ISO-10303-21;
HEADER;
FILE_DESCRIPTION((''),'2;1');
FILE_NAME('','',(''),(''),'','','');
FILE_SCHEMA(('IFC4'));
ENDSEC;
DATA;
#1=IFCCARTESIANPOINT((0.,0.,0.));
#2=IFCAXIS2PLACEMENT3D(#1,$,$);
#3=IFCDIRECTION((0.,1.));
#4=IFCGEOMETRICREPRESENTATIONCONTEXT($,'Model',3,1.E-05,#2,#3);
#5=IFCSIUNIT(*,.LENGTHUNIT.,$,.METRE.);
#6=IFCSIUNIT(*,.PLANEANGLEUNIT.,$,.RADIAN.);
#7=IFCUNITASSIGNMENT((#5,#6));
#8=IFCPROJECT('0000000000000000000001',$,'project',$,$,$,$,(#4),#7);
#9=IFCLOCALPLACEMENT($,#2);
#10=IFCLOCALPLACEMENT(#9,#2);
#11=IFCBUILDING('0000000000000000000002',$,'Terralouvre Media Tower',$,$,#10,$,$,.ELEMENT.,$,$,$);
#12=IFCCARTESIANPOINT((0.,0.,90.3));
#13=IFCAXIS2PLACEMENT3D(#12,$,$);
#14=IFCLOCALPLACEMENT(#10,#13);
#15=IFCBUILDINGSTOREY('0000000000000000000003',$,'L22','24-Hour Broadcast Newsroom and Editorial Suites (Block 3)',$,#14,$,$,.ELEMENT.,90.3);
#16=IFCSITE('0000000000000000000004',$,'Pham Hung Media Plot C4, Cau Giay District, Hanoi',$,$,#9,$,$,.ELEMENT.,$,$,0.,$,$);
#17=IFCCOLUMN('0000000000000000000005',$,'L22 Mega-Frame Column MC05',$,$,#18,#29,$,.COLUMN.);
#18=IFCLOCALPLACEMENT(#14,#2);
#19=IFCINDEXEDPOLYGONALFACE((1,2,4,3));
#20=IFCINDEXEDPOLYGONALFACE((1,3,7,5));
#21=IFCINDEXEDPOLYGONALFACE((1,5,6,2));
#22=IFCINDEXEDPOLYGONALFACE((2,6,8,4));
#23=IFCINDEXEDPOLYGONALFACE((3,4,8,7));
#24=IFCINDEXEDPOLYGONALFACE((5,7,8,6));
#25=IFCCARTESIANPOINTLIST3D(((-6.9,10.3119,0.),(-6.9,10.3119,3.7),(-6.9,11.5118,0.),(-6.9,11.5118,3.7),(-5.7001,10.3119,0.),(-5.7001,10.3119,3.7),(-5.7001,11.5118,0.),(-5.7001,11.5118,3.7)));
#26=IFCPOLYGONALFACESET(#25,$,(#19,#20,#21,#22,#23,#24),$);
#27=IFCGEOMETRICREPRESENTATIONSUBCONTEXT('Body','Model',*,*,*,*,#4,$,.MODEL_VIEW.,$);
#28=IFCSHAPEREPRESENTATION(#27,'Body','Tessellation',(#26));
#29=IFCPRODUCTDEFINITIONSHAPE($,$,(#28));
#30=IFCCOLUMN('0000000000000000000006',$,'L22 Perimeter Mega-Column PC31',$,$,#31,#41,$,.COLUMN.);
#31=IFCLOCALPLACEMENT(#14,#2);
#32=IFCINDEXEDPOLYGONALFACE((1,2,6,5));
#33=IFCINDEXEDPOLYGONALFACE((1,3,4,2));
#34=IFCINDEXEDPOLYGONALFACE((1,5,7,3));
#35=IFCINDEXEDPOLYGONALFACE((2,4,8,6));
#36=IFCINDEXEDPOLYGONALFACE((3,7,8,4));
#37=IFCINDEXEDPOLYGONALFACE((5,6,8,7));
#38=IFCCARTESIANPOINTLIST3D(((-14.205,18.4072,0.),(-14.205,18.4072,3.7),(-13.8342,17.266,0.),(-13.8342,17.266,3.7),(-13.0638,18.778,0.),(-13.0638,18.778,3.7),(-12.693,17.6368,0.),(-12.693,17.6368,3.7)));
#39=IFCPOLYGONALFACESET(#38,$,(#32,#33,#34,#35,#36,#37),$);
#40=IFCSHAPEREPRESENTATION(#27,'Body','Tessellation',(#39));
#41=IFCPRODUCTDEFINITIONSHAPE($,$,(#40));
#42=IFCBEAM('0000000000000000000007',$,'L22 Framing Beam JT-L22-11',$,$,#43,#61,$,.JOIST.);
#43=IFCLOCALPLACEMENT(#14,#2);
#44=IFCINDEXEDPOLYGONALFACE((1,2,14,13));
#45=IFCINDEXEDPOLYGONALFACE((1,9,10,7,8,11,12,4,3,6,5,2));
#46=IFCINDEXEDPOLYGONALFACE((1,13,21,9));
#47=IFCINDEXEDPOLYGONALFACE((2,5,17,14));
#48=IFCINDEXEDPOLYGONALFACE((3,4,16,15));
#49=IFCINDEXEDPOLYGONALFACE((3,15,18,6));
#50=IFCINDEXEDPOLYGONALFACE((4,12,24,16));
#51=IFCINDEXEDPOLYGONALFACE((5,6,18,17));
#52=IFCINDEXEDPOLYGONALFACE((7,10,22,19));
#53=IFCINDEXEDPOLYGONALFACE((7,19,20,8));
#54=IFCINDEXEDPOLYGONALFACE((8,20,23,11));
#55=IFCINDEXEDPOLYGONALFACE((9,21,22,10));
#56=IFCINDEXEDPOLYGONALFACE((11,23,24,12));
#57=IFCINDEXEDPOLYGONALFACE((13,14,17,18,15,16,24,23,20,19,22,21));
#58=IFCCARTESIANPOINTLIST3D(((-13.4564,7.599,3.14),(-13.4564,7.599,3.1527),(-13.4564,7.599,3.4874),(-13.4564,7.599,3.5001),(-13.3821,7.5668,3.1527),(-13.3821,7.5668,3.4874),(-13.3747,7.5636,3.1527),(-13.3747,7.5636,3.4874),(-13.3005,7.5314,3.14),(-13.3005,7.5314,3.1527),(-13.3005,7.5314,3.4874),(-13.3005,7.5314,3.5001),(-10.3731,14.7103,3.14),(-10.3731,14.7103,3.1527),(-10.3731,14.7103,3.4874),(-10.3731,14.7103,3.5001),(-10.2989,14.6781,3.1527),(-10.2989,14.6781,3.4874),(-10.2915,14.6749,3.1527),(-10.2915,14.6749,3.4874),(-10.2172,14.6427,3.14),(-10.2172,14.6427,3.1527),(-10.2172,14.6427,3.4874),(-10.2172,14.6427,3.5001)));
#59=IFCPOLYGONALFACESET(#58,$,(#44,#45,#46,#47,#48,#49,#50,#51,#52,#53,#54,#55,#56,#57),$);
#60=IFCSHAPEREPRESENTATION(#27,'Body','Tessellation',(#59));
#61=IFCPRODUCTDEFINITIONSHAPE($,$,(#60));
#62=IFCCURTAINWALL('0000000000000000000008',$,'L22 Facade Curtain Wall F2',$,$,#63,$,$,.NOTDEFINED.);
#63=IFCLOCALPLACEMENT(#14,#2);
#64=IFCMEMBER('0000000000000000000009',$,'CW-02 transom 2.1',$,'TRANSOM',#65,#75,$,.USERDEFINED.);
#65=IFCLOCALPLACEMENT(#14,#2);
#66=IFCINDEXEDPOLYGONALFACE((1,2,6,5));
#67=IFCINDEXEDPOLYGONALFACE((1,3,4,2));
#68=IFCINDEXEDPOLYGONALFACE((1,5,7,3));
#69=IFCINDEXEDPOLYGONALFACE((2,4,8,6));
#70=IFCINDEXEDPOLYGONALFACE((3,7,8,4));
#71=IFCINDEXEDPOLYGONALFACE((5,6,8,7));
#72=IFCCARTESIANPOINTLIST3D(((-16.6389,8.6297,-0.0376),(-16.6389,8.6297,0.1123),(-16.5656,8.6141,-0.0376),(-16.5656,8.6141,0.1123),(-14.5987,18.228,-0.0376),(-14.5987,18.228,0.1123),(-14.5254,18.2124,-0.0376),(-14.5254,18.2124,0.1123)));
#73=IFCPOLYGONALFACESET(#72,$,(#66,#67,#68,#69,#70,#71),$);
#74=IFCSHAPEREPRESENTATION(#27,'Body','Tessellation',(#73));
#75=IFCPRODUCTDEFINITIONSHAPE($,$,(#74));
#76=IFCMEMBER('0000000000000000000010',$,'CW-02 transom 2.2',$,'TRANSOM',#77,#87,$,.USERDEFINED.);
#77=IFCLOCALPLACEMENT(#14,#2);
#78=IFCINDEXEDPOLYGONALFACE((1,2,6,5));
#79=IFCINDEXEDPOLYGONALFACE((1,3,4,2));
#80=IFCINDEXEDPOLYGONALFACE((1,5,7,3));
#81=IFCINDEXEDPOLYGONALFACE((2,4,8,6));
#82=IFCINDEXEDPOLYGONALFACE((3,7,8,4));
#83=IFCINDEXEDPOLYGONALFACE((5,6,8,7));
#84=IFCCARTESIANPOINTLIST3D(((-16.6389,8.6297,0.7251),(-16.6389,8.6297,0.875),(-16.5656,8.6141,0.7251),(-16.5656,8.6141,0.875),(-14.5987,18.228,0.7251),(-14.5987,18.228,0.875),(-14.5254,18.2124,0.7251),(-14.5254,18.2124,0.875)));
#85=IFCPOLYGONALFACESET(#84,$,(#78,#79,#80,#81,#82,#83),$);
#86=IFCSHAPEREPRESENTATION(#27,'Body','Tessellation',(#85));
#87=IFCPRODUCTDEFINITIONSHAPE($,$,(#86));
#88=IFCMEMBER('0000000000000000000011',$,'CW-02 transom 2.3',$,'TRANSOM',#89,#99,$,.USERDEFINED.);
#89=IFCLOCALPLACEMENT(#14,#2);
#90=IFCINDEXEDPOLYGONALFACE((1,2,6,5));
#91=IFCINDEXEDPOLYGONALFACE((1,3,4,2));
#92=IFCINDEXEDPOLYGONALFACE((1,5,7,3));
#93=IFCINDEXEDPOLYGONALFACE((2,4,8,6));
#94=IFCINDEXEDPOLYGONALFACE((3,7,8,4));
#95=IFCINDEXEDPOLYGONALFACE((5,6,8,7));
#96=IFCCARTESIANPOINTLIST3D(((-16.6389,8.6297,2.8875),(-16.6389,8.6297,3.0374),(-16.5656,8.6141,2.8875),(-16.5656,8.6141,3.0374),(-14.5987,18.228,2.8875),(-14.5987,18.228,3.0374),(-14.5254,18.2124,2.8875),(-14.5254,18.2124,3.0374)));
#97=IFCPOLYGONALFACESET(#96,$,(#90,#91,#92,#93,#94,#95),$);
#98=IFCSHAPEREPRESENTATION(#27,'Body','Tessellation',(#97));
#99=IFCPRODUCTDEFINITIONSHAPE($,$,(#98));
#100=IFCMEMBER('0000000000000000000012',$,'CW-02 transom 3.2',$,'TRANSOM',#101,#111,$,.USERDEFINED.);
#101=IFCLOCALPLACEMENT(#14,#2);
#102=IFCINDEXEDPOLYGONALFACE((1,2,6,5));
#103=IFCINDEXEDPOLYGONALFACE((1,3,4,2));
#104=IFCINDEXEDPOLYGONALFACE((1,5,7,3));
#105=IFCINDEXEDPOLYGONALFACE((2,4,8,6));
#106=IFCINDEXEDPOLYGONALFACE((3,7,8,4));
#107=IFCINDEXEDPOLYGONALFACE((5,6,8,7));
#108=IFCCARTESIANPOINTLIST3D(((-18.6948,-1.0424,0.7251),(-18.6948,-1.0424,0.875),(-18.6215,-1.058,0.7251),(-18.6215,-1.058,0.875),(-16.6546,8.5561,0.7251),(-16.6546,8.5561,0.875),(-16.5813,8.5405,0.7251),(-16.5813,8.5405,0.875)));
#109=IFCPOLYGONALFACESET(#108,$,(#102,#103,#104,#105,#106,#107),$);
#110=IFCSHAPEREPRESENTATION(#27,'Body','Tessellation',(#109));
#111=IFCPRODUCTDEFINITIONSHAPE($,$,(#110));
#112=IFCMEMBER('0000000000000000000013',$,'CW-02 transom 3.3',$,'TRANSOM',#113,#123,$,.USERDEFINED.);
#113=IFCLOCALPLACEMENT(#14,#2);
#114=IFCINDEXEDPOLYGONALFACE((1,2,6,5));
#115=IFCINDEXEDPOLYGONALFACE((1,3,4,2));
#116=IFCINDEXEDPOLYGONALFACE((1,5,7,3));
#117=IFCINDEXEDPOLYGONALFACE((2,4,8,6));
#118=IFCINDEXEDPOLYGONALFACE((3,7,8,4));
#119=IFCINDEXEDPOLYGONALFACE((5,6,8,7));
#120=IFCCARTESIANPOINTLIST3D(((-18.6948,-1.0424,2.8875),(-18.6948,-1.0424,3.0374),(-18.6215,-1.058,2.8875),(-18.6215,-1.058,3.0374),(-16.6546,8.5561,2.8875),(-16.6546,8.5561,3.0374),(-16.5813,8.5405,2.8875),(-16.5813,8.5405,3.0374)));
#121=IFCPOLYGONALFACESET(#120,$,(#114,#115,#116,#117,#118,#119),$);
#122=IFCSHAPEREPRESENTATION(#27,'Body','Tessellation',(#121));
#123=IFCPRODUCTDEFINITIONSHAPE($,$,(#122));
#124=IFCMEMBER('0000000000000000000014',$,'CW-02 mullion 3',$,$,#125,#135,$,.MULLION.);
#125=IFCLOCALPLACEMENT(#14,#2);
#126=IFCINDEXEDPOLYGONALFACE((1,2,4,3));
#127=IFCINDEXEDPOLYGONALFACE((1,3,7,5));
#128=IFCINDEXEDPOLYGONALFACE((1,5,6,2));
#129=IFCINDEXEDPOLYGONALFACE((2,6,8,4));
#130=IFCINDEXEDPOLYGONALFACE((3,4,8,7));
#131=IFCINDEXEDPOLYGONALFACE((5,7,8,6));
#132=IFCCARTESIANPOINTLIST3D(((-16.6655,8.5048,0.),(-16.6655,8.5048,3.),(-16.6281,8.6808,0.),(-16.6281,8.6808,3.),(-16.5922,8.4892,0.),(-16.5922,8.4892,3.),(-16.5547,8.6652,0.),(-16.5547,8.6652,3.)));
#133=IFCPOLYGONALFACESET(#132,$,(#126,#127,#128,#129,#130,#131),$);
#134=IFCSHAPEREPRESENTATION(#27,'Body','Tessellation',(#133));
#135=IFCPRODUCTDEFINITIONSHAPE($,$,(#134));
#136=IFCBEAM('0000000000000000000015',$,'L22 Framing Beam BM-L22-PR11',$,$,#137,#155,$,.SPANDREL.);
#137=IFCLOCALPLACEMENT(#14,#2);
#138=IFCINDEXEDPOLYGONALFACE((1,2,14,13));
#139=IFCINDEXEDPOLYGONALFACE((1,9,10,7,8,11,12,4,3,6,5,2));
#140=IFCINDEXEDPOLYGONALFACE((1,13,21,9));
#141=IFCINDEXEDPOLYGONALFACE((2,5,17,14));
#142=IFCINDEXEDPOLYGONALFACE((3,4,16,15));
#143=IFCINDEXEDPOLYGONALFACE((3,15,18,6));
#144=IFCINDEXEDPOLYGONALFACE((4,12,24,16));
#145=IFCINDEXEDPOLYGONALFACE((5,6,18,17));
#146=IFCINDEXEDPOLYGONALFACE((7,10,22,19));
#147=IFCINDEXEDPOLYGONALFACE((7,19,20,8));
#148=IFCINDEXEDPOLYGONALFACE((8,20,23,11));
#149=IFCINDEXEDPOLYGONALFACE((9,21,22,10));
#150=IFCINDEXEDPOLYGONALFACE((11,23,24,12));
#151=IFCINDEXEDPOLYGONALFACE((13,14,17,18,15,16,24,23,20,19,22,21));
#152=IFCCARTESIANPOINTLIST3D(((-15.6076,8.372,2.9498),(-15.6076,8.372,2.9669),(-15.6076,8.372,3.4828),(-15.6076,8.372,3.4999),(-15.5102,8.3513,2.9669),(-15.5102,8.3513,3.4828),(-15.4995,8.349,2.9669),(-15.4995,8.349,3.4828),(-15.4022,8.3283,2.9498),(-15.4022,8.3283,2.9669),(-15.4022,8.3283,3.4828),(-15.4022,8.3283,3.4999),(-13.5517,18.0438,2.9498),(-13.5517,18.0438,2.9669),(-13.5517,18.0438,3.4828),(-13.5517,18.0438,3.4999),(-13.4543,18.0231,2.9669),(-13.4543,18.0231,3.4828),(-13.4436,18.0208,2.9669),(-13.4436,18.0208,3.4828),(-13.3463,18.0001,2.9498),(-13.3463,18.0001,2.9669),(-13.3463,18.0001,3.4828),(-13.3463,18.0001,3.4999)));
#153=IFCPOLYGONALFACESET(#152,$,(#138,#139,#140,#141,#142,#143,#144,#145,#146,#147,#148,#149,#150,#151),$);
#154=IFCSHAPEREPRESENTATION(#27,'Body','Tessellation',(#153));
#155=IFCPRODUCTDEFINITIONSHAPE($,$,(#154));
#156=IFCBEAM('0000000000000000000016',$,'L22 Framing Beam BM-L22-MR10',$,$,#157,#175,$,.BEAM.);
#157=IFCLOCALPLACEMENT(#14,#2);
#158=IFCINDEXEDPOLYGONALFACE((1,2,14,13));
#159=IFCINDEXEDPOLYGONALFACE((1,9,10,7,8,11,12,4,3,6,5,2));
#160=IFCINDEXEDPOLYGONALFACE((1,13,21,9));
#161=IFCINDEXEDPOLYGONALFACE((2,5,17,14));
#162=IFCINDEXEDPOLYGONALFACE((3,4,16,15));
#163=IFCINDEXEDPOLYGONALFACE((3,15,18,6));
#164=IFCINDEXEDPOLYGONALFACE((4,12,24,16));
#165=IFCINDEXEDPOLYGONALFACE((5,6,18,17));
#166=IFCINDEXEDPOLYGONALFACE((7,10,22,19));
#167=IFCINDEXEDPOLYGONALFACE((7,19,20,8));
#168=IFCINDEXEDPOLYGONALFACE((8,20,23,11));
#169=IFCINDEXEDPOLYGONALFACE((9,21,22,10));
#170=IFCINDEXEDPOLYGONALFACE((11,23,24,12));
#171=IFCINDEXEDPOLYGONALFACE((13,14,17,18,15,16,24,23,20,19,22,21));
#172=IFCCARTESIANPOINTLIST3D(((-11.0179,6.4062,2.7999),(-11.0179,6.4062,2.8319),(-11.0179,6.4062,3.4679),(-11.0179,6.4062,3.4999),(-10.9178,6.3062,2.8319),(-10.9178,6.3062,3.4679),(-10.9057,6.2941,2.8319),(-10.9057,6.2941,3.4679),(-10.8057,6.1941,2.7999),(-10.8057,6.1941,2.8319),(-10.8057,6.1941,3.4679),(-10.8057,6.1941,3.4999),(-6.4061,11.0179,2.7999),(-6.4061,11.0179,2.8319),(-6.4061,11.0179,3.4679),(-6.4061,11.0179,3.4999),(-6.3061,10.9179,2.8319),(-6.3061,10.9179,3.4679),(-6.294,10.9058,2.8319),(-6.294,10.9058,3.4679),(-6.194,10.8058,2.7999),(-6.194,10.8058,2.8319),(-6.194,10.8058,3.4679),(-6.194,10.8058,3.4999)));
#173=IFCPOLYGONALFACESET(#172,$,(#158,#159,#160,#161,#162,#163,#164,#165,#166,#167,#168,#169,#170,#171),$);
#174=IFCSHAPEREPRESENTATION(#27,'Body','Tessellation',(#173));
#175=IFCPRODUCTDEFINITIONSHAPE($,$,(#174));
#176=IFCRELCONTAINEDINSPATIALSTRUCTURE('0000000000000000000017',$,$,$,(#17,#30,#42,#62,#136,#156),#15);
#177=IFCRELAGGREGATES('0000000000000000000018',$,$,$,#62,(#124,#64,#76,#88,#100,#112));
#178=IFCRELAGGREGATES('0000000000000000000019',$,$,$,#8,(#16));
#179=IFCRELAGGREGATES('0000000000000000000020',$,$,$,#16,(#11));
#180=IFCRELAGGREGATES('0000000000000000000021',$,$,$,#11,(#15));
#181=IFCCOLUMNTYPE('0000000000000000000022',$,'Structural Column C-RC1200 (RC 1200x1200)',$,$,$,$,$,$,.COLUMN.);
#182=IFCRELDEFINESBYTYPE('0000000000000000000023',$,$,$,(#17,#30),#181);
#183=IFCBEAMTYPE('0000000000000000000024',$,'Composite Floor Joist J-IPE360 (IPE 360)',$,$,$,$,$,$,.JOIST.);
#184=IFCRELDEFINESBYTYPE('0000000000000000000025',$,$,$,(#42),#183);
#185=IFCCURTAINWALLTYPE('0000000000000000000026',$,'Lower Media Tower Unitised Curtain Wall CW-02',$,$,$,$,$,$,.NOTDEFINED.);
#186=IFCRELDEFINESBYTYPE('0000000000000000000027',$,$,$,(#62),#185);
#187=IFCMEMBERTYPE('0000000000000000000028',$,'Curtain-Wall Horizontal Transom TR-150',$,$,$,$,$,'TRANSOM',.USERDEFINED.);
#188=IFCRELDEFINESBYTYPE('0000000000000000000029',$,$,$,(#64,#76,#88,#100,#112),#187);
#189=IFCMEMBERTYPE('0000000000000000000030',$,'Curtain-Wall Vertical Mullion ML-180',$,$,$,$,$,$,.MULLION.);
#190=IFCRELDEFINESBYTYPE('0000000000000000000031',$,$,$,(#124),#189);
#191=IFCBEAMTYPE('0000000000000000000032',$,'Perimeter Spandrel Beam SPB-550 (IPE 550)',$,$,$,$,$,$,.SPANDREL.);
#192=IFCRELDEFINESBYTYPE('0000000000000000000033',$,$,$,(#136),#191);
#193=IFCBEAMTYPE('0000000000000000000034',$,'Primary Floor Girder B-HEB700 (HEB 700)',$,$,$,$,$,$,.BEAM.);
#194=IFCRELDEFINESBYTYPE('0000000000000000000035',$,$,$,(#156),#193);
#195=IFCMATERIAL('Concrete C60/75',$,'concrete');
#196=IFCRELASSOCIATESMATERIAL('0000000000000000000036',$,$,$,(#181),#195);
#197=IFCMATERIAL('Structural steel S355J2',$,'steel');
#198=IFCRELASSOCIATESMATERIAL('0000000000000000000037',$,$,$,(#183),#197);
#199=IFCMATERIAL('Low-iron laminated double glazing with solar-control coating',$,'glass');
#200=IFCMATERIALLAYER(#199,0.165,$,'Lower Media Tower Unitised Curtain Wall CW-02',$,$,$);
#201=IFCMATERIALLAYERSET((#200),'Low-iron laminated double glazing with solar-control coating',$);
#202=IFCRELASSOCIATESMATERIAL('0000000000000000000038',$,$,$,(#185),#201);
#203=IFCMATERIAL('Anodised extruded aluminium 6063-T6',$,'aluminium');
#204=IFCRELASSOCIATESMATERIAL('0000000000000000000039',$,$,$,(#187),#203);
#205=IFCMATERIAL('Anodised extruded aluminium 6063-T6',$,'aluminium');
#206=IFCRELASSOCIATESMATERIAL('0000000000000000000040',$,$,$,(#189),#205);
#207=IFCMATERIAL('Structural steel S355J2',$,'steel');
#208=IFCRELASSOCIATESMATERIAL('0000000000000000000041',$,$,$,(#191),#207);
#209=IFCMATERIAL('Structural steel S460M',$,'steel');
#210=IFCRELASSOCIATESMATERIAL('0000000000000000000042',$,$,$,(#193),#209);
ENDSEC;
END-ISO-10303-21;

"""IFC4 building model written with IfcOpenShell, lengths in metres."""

from ifc_helpers import new_model, si_unit, direction, frame, origin, origin_2d, place, context, subcontext, project, spatial, rectangle, i_section, extrude, material, layer, layer_set, material_profile, profile_set, type_object, element, aggregate, save


model = new_model("IFC4")

# Units and contexts
model_context = context("Model", 3, precision=1e-05, world=origin(), true_north=direction((0.0, 1.0)))
body_context = subcontext(model_context, "Body", "Model", "MODEL_VIEW")
ifc_project = project(units=[si_unit("LENGTHUNIT", "METRE"), si_unit("PLANEANGLEUNIT", "RADIAN")], contexts=[model_context])

# Site, building, storey
site_placement = place(None, origin())
site = spatial("IfcSite", under=ifc_project, at=site_placement, Name="Pham Hung Media Plot C4, Cau Giay District, Hanoi", CompositionType="ELEMENT", RefElevation=0.0)
building_placement = place(site_placement, origin())
building = spatial("IfcBuilding", under=site, at=building_placement, Name="Terralouvre Media Tower", CompositionType="ELEMENT")
storey_placement = place(building_placement, frame((0.0, 0.0, 90.3)))
storey = spatial("IfcBuildingStorey", under=building, at=storey_placement, Name="L22", Description="24-Hour Broadcast Newsroom and Editorial Suites (Block 3)", CompositionType="ELEMENT", Elevation=90.3)

# Columns
ifc_material_1 = material(Name="Concrete C60/75", Category="concrete")
ifc_material_profile_1 = material_profile(ifc_material_1, rectangle(XDim=1.2, YDim=1.2, at=origin_2d()), Name="RC 1200x1200")
ifc_profile_set_1 = profile_set([ifc_material_profile_1], Name="Concrete C60/75")
column_type = type_object("IfcColumnType", Name="Structural Column C-RC1200 (RC 1200x1200)", PredefinedType="COLUMN", material=ifc_profile_set_1)
for number, where, z_axis, x_axis, name in (
    (1, (-6.3, 10.9119, 0.0), (0.0, 0.0, 1.0), (1.0, 0.0, 0.0), "L22 Mega-Frame Column MC05"),
    (2, (-13.449, 18.022, 0.0), (0.0, 0.0, 1.0), (0.951057, 0.309017, 0.0), "L22 Perimeter Mega-Column PC31"),
):
    element("IfcColumn", number, at=place(storey_placement, frame(where, z_axis=z_axis, x_axis=x_axis)), inside=storey, type_object=column_type, Name=name, PredefinedType="COLUMN", context=body_context, shape_type="SweptSolid", body=[
        extrude(rectangle(XDim=1.2, YDim=1.2, at=origin_2d()), origin(), (0.0, 0.0, 1.0), 3.7),
    ])

# Beam
ifc_material_2 = material(Name="Structural steel S355J2", Category="steel")
ifc_material_profile_2 = material_profile(ifc_material_2, i_section(OverallWidth=0.1699, OverallDepth=0.3601, WebThickness=0.0081, FlangeThickness=0.0127, at=origin_2d()), Name="IPE 360")
ifc_profile_set_2 = profile_set([ifc_material_profile_2], Name="Structural steel S355J2")
beam_type_1 = type_object("IfcBeamType", Name="Composite Floor Joist J-IPE360 (IPE 360)", PredefinedType="JOIST", material=ifc_profile_set_2)
beam_1_placement = place(storey_placement, frame((-10.2952, 14.6765, 3.3201), z_axis=(-0.39779, -0.917477, 0.0), x_axis=(0.917477, -0.39779, 0.0)))
element("IfcBeam", 3, at=beam_1_placement, inside=storey, type_object=beam_type_1, Name="L22 Framing Beam JT-L22-11", PredefinedType="JOIST", context=body_context, shape_type="SweptSolid", body=[
    extrude(i_section(OverallWidth=0.1699, OverallDepth=0.3601, WebThickness=0.0081, FlangeThickness=0.0127, at=origin_2d()), origin(), (0.0, 0.0, 1.0), 7.751),
])

# Curtain wall, members
ifc_material_3 = material(Name="Low-iron laminated double glazing with solar-control coating", Category="glass")
ifc_layer_1 = layer(ifc_material_3, 0.165, Name="Lower Media Tower Unitised Curtain Wall CW-02")
ifc_layer_set_1 = layer_set([ifc_layer_1], Name="Low-iron laminated double glazing with solar-control coating")
curtain_wall_type = type_object("IfcCurtainWallType", Name="Lower Media Tower Unitised Curtain Wall CW-02", PredefinedType="NOTDEFINED", material=ifc_layer_set_1)
curtain_wall_placement = place(storey_placement, origin())
curtain_wall = element("IfcCurtainWall", 4, at=curtain_wall_placement, inside=storey, type_object=curtain_wall_type, Name="L22 Facade Curtain Wall F2", PredefinedType="NOTDEFINED")
ifc_material_4 = material(Name="Anodised extruded aluminium 6063-T6", Category="aluminium")
ifc_material_profile_3 = material_profile(ifc_material_4, rectangle(XDim=0.075, YDim=0.1499, at=origin_2d()), Name="ALU 75x150")
ifc_profile_set_3 = profile_set([ifc_material_profile_3], Name="Anodised extruded aluminium 6063-T6")
member_type_1 = type_object("IfcMemberType", Name="Curtain-Wall Horizontal Transom TR-150", ElementType="TRANSOM", PredefinedType="USERDEFINED", material=ifc_profile_set_3)
member_1_placement = place(storey_placement, frame((-14.562, 18.2202, 0.0374), z_axis=(-0.20792, -0.978146, 0.0), x_axis=(0.978146, -0.20792, 0.0)))
member_1 = element("IfcMember", 5, at=member_1_placement, type_object=member_type_1, Name="CW-02 transom 2.1", ObjectType="TRANSOM", PredefinedType="USERDEFINED", context=body_context, shape_type="SweptSolid", body=[
    extrude(rectangle(XDim=0.075, YDim=0.1499, at=origin_2d()), origin(), (0.0, 0.0, 1.0), 9.8127),
])
member_2_placement = place(storey_placement, frame((-14.562, 18.2202, 0.8), z_axis=(-0.20792, -0.978146, 0.0), x_axis=(0.978146, -0.20792, 0.0)))
member_2 = element("IfcMember", 6, at=member_2_placement, type_object=member_type_1, Name="CW-02 transom 2.2", ObjectType="TRANSOM", PredefinedType="USERDEFINED", context=body_context, shape_type="SweptSolid", body=[
    extrude(rectangle(XDim=0.075, YDim=0.1499, at=origin_2d()), origin(), (0.0, 0.0, 1.0), 9.8127),
])
member_3_placement = place(storey_placement, frame((-14.562, 18.2202, 2.9624), z_axis=(-0.20792, -0.978146, 0.0), x_axis=(0.978146, -0.20792, 0.0)))
member_3 = element("IfcMember", 7, at=member_3_placement, type_object=member_type_1, Name="CW-02 transom 2.3", ObjectType="TRANSOM", PredefinedType="USERDEFINED", context=body_context, shape_type="SweptSolid", body=[
    extrude(rectangle(XDim=0.075, YDim=0.1499, at=origin_2d()), origin(), (0.0, 0.0, 1.0), 9.8127),
])
member_4_placement = place(storey_placement, frame((-16.6179, 8.5483, 0.8), z_axis=(-0.207915, -0.978147, 0.0), x_axis=(0.978147, -0.207915, 0.0)))
member_4 = element("IfcMember", 8, at=member_4_placement, type_object=member_type_1, Name="CW-02 transom 3.2", ObjectType="TRANSOM", PredefinedType="USERDEFINED", context=body_context, shape_type="SweptSolid", body=[
    extrude(rectangle(XDim=0.075, YDim=0.1499, at=origin_2d()), origin(), (0.0, 0.0, 1.0), 9.813),
])
member_5_placement = place(storey_placement, frame((-16.6179, 8.5483, 2.9624), z_axis=(-0.207915, -0.978147, 0.0), x_axis=(0.978147, -0.207915, 0.0)))
member_5 = element("IfcMember", 9, at=member_5_placement, type_object=member_type_1, Name="CW-02 transom 3.3", ObjectType="TRANSOM", PredefinedType="USERDEFINED", context=body_context, shape_type="SweptSolid", body=[
    extrude(rectangle(XDim=0.075, YDim=0.1499, at=origin_2d()), origin(), (0.0, 0.0, 1.0), 9.813),
])
ifc_material_5 = material(Name="Anodised extruded aluminium 6063-T6", Category="aluminium")
ifc_material_profile_4 = material_profile(ifc_material_5, rectangle(XDim=0.075, YDim=0.1799, at=origin_2d()), Name="ALU 75x180")
ifc_profile_set_4 = profile_set([ifc_material_profile_4], Name="Anodised extruded aluminium 6063-T6")
member_type_2 = type_object("IfcMemberType", Name="Curtain-Wall Vertical Mullion ML-180", PredefinedType="MULLION", material=ifc_profile_set_4)
member_6_placement = place(storey_placement, frame((-16.6101, 8.585, 0.0), z_axis=(0.0, 0.0, 1.0), x_axis=(0.978148, -0.207912, 0.0)))
member_6 = element("IfcMember", 10, at=member_6_placement, type_object=member_type_2, Name="CW-02 mullion 3", PredefinedType="MULLION", context=body_context, shape_type="SweptSolid", body=[
    extrude(rectangle(XDim=0.075, YDim=0.1799, at=origin_2d()), origin(), (0.0, 0.0, 1.0), 3.0),
])

# Beams
ifc_material_6 = material(Name="Structural steel S355J2", Category="steel")
ifc_material_profile_5 = material_profile(ifc_material_6, i_section(OverallWidth=0.21, OverallDepth=0.55, WebThickness=0.011, FlangeThickness=0.0171, at=origin_2d()), Name="IPE 550")
ifc_profile_set_5 = profile_set([ifc_material_profile_5], Name="Structural steel S355J2")
beam_type_2 = type_object("IfcBeamType", Name="Perimeter Spandrel Beam SPB-550 (IPE 550)", PredefinedType="SPANDREL", material=ifc_profile_set_5)
beam_2_placement = place(storey_placement, frame((-13.449, 18.022, 3.2249), z_axis=(-0.20792, -0.978146, 0.0), x_axis=(0.978146, -0.20792, 0.0)))
element("IfcBeam", 11, at=beam_2_placement, inside=storey, type_object=beam_type_2, Name="L22 Framing Beam BM-L22-PR11", PredefinedType="SPANDREL", context=body_context, shape_type="SweptSolid", body=[
    extrude(i_section(OverallWidth=0.21, OverallDepth=0.55, WebThickness=0.011, FlangeThickness=0.0171, at=origin_2d()), origin(), (0.0, 0.0, 1.0), 9.8879),
])
ifc_material_7 = material(Name="Structural steel S460M", Category="steel")
ifc_material_profile_6 = material_profile(ifc_material_7, i_section(OverallWidth=0.3, OverallDepth=0.7, WebThickness=0.0171, FlangeThickness=0.032, at=origin_2d()), Name="HEB 700")
ifc_profile_set_6 = profile_set([ifc_material_profile_6], Name="Structural steel S460M")
beam_type_3 = type_object("IfcBeamType", Name="Primary Floor Girder B-HEB700 (HEB 700)", PredefinedType="BEAM", material=ifc_profile_set_6)
beam_3_placement = place(storey_placement, frame((-6.3, 10.9119, 3.1499), z_axis=(-0.707107, -0.707107, 0.0), x_axis=(0.707107, -0.707107, 0.0)))
element("IfcBeam", 12, at=beam_3_placement, inside=storey, type_object=beam_type_3, Name="L22 Framing Beam BM-L22-MR10", PredefinedType="BEAM", context=body_context, shape_type="SweptSolid", body=[
    extrude(i_section(OverallWidth=0.3, OverallDepth=0.7, WebThickness=0.0171, FlangeThickness=0.032, at=origin_2d()), origin(), (0.0, 0.0, 1.0), 6.522),
])

aggregate(curtain_wall, [member_6, member_1, member_2, member_3, member_4, member_5])

save(model, "model.ifc")
